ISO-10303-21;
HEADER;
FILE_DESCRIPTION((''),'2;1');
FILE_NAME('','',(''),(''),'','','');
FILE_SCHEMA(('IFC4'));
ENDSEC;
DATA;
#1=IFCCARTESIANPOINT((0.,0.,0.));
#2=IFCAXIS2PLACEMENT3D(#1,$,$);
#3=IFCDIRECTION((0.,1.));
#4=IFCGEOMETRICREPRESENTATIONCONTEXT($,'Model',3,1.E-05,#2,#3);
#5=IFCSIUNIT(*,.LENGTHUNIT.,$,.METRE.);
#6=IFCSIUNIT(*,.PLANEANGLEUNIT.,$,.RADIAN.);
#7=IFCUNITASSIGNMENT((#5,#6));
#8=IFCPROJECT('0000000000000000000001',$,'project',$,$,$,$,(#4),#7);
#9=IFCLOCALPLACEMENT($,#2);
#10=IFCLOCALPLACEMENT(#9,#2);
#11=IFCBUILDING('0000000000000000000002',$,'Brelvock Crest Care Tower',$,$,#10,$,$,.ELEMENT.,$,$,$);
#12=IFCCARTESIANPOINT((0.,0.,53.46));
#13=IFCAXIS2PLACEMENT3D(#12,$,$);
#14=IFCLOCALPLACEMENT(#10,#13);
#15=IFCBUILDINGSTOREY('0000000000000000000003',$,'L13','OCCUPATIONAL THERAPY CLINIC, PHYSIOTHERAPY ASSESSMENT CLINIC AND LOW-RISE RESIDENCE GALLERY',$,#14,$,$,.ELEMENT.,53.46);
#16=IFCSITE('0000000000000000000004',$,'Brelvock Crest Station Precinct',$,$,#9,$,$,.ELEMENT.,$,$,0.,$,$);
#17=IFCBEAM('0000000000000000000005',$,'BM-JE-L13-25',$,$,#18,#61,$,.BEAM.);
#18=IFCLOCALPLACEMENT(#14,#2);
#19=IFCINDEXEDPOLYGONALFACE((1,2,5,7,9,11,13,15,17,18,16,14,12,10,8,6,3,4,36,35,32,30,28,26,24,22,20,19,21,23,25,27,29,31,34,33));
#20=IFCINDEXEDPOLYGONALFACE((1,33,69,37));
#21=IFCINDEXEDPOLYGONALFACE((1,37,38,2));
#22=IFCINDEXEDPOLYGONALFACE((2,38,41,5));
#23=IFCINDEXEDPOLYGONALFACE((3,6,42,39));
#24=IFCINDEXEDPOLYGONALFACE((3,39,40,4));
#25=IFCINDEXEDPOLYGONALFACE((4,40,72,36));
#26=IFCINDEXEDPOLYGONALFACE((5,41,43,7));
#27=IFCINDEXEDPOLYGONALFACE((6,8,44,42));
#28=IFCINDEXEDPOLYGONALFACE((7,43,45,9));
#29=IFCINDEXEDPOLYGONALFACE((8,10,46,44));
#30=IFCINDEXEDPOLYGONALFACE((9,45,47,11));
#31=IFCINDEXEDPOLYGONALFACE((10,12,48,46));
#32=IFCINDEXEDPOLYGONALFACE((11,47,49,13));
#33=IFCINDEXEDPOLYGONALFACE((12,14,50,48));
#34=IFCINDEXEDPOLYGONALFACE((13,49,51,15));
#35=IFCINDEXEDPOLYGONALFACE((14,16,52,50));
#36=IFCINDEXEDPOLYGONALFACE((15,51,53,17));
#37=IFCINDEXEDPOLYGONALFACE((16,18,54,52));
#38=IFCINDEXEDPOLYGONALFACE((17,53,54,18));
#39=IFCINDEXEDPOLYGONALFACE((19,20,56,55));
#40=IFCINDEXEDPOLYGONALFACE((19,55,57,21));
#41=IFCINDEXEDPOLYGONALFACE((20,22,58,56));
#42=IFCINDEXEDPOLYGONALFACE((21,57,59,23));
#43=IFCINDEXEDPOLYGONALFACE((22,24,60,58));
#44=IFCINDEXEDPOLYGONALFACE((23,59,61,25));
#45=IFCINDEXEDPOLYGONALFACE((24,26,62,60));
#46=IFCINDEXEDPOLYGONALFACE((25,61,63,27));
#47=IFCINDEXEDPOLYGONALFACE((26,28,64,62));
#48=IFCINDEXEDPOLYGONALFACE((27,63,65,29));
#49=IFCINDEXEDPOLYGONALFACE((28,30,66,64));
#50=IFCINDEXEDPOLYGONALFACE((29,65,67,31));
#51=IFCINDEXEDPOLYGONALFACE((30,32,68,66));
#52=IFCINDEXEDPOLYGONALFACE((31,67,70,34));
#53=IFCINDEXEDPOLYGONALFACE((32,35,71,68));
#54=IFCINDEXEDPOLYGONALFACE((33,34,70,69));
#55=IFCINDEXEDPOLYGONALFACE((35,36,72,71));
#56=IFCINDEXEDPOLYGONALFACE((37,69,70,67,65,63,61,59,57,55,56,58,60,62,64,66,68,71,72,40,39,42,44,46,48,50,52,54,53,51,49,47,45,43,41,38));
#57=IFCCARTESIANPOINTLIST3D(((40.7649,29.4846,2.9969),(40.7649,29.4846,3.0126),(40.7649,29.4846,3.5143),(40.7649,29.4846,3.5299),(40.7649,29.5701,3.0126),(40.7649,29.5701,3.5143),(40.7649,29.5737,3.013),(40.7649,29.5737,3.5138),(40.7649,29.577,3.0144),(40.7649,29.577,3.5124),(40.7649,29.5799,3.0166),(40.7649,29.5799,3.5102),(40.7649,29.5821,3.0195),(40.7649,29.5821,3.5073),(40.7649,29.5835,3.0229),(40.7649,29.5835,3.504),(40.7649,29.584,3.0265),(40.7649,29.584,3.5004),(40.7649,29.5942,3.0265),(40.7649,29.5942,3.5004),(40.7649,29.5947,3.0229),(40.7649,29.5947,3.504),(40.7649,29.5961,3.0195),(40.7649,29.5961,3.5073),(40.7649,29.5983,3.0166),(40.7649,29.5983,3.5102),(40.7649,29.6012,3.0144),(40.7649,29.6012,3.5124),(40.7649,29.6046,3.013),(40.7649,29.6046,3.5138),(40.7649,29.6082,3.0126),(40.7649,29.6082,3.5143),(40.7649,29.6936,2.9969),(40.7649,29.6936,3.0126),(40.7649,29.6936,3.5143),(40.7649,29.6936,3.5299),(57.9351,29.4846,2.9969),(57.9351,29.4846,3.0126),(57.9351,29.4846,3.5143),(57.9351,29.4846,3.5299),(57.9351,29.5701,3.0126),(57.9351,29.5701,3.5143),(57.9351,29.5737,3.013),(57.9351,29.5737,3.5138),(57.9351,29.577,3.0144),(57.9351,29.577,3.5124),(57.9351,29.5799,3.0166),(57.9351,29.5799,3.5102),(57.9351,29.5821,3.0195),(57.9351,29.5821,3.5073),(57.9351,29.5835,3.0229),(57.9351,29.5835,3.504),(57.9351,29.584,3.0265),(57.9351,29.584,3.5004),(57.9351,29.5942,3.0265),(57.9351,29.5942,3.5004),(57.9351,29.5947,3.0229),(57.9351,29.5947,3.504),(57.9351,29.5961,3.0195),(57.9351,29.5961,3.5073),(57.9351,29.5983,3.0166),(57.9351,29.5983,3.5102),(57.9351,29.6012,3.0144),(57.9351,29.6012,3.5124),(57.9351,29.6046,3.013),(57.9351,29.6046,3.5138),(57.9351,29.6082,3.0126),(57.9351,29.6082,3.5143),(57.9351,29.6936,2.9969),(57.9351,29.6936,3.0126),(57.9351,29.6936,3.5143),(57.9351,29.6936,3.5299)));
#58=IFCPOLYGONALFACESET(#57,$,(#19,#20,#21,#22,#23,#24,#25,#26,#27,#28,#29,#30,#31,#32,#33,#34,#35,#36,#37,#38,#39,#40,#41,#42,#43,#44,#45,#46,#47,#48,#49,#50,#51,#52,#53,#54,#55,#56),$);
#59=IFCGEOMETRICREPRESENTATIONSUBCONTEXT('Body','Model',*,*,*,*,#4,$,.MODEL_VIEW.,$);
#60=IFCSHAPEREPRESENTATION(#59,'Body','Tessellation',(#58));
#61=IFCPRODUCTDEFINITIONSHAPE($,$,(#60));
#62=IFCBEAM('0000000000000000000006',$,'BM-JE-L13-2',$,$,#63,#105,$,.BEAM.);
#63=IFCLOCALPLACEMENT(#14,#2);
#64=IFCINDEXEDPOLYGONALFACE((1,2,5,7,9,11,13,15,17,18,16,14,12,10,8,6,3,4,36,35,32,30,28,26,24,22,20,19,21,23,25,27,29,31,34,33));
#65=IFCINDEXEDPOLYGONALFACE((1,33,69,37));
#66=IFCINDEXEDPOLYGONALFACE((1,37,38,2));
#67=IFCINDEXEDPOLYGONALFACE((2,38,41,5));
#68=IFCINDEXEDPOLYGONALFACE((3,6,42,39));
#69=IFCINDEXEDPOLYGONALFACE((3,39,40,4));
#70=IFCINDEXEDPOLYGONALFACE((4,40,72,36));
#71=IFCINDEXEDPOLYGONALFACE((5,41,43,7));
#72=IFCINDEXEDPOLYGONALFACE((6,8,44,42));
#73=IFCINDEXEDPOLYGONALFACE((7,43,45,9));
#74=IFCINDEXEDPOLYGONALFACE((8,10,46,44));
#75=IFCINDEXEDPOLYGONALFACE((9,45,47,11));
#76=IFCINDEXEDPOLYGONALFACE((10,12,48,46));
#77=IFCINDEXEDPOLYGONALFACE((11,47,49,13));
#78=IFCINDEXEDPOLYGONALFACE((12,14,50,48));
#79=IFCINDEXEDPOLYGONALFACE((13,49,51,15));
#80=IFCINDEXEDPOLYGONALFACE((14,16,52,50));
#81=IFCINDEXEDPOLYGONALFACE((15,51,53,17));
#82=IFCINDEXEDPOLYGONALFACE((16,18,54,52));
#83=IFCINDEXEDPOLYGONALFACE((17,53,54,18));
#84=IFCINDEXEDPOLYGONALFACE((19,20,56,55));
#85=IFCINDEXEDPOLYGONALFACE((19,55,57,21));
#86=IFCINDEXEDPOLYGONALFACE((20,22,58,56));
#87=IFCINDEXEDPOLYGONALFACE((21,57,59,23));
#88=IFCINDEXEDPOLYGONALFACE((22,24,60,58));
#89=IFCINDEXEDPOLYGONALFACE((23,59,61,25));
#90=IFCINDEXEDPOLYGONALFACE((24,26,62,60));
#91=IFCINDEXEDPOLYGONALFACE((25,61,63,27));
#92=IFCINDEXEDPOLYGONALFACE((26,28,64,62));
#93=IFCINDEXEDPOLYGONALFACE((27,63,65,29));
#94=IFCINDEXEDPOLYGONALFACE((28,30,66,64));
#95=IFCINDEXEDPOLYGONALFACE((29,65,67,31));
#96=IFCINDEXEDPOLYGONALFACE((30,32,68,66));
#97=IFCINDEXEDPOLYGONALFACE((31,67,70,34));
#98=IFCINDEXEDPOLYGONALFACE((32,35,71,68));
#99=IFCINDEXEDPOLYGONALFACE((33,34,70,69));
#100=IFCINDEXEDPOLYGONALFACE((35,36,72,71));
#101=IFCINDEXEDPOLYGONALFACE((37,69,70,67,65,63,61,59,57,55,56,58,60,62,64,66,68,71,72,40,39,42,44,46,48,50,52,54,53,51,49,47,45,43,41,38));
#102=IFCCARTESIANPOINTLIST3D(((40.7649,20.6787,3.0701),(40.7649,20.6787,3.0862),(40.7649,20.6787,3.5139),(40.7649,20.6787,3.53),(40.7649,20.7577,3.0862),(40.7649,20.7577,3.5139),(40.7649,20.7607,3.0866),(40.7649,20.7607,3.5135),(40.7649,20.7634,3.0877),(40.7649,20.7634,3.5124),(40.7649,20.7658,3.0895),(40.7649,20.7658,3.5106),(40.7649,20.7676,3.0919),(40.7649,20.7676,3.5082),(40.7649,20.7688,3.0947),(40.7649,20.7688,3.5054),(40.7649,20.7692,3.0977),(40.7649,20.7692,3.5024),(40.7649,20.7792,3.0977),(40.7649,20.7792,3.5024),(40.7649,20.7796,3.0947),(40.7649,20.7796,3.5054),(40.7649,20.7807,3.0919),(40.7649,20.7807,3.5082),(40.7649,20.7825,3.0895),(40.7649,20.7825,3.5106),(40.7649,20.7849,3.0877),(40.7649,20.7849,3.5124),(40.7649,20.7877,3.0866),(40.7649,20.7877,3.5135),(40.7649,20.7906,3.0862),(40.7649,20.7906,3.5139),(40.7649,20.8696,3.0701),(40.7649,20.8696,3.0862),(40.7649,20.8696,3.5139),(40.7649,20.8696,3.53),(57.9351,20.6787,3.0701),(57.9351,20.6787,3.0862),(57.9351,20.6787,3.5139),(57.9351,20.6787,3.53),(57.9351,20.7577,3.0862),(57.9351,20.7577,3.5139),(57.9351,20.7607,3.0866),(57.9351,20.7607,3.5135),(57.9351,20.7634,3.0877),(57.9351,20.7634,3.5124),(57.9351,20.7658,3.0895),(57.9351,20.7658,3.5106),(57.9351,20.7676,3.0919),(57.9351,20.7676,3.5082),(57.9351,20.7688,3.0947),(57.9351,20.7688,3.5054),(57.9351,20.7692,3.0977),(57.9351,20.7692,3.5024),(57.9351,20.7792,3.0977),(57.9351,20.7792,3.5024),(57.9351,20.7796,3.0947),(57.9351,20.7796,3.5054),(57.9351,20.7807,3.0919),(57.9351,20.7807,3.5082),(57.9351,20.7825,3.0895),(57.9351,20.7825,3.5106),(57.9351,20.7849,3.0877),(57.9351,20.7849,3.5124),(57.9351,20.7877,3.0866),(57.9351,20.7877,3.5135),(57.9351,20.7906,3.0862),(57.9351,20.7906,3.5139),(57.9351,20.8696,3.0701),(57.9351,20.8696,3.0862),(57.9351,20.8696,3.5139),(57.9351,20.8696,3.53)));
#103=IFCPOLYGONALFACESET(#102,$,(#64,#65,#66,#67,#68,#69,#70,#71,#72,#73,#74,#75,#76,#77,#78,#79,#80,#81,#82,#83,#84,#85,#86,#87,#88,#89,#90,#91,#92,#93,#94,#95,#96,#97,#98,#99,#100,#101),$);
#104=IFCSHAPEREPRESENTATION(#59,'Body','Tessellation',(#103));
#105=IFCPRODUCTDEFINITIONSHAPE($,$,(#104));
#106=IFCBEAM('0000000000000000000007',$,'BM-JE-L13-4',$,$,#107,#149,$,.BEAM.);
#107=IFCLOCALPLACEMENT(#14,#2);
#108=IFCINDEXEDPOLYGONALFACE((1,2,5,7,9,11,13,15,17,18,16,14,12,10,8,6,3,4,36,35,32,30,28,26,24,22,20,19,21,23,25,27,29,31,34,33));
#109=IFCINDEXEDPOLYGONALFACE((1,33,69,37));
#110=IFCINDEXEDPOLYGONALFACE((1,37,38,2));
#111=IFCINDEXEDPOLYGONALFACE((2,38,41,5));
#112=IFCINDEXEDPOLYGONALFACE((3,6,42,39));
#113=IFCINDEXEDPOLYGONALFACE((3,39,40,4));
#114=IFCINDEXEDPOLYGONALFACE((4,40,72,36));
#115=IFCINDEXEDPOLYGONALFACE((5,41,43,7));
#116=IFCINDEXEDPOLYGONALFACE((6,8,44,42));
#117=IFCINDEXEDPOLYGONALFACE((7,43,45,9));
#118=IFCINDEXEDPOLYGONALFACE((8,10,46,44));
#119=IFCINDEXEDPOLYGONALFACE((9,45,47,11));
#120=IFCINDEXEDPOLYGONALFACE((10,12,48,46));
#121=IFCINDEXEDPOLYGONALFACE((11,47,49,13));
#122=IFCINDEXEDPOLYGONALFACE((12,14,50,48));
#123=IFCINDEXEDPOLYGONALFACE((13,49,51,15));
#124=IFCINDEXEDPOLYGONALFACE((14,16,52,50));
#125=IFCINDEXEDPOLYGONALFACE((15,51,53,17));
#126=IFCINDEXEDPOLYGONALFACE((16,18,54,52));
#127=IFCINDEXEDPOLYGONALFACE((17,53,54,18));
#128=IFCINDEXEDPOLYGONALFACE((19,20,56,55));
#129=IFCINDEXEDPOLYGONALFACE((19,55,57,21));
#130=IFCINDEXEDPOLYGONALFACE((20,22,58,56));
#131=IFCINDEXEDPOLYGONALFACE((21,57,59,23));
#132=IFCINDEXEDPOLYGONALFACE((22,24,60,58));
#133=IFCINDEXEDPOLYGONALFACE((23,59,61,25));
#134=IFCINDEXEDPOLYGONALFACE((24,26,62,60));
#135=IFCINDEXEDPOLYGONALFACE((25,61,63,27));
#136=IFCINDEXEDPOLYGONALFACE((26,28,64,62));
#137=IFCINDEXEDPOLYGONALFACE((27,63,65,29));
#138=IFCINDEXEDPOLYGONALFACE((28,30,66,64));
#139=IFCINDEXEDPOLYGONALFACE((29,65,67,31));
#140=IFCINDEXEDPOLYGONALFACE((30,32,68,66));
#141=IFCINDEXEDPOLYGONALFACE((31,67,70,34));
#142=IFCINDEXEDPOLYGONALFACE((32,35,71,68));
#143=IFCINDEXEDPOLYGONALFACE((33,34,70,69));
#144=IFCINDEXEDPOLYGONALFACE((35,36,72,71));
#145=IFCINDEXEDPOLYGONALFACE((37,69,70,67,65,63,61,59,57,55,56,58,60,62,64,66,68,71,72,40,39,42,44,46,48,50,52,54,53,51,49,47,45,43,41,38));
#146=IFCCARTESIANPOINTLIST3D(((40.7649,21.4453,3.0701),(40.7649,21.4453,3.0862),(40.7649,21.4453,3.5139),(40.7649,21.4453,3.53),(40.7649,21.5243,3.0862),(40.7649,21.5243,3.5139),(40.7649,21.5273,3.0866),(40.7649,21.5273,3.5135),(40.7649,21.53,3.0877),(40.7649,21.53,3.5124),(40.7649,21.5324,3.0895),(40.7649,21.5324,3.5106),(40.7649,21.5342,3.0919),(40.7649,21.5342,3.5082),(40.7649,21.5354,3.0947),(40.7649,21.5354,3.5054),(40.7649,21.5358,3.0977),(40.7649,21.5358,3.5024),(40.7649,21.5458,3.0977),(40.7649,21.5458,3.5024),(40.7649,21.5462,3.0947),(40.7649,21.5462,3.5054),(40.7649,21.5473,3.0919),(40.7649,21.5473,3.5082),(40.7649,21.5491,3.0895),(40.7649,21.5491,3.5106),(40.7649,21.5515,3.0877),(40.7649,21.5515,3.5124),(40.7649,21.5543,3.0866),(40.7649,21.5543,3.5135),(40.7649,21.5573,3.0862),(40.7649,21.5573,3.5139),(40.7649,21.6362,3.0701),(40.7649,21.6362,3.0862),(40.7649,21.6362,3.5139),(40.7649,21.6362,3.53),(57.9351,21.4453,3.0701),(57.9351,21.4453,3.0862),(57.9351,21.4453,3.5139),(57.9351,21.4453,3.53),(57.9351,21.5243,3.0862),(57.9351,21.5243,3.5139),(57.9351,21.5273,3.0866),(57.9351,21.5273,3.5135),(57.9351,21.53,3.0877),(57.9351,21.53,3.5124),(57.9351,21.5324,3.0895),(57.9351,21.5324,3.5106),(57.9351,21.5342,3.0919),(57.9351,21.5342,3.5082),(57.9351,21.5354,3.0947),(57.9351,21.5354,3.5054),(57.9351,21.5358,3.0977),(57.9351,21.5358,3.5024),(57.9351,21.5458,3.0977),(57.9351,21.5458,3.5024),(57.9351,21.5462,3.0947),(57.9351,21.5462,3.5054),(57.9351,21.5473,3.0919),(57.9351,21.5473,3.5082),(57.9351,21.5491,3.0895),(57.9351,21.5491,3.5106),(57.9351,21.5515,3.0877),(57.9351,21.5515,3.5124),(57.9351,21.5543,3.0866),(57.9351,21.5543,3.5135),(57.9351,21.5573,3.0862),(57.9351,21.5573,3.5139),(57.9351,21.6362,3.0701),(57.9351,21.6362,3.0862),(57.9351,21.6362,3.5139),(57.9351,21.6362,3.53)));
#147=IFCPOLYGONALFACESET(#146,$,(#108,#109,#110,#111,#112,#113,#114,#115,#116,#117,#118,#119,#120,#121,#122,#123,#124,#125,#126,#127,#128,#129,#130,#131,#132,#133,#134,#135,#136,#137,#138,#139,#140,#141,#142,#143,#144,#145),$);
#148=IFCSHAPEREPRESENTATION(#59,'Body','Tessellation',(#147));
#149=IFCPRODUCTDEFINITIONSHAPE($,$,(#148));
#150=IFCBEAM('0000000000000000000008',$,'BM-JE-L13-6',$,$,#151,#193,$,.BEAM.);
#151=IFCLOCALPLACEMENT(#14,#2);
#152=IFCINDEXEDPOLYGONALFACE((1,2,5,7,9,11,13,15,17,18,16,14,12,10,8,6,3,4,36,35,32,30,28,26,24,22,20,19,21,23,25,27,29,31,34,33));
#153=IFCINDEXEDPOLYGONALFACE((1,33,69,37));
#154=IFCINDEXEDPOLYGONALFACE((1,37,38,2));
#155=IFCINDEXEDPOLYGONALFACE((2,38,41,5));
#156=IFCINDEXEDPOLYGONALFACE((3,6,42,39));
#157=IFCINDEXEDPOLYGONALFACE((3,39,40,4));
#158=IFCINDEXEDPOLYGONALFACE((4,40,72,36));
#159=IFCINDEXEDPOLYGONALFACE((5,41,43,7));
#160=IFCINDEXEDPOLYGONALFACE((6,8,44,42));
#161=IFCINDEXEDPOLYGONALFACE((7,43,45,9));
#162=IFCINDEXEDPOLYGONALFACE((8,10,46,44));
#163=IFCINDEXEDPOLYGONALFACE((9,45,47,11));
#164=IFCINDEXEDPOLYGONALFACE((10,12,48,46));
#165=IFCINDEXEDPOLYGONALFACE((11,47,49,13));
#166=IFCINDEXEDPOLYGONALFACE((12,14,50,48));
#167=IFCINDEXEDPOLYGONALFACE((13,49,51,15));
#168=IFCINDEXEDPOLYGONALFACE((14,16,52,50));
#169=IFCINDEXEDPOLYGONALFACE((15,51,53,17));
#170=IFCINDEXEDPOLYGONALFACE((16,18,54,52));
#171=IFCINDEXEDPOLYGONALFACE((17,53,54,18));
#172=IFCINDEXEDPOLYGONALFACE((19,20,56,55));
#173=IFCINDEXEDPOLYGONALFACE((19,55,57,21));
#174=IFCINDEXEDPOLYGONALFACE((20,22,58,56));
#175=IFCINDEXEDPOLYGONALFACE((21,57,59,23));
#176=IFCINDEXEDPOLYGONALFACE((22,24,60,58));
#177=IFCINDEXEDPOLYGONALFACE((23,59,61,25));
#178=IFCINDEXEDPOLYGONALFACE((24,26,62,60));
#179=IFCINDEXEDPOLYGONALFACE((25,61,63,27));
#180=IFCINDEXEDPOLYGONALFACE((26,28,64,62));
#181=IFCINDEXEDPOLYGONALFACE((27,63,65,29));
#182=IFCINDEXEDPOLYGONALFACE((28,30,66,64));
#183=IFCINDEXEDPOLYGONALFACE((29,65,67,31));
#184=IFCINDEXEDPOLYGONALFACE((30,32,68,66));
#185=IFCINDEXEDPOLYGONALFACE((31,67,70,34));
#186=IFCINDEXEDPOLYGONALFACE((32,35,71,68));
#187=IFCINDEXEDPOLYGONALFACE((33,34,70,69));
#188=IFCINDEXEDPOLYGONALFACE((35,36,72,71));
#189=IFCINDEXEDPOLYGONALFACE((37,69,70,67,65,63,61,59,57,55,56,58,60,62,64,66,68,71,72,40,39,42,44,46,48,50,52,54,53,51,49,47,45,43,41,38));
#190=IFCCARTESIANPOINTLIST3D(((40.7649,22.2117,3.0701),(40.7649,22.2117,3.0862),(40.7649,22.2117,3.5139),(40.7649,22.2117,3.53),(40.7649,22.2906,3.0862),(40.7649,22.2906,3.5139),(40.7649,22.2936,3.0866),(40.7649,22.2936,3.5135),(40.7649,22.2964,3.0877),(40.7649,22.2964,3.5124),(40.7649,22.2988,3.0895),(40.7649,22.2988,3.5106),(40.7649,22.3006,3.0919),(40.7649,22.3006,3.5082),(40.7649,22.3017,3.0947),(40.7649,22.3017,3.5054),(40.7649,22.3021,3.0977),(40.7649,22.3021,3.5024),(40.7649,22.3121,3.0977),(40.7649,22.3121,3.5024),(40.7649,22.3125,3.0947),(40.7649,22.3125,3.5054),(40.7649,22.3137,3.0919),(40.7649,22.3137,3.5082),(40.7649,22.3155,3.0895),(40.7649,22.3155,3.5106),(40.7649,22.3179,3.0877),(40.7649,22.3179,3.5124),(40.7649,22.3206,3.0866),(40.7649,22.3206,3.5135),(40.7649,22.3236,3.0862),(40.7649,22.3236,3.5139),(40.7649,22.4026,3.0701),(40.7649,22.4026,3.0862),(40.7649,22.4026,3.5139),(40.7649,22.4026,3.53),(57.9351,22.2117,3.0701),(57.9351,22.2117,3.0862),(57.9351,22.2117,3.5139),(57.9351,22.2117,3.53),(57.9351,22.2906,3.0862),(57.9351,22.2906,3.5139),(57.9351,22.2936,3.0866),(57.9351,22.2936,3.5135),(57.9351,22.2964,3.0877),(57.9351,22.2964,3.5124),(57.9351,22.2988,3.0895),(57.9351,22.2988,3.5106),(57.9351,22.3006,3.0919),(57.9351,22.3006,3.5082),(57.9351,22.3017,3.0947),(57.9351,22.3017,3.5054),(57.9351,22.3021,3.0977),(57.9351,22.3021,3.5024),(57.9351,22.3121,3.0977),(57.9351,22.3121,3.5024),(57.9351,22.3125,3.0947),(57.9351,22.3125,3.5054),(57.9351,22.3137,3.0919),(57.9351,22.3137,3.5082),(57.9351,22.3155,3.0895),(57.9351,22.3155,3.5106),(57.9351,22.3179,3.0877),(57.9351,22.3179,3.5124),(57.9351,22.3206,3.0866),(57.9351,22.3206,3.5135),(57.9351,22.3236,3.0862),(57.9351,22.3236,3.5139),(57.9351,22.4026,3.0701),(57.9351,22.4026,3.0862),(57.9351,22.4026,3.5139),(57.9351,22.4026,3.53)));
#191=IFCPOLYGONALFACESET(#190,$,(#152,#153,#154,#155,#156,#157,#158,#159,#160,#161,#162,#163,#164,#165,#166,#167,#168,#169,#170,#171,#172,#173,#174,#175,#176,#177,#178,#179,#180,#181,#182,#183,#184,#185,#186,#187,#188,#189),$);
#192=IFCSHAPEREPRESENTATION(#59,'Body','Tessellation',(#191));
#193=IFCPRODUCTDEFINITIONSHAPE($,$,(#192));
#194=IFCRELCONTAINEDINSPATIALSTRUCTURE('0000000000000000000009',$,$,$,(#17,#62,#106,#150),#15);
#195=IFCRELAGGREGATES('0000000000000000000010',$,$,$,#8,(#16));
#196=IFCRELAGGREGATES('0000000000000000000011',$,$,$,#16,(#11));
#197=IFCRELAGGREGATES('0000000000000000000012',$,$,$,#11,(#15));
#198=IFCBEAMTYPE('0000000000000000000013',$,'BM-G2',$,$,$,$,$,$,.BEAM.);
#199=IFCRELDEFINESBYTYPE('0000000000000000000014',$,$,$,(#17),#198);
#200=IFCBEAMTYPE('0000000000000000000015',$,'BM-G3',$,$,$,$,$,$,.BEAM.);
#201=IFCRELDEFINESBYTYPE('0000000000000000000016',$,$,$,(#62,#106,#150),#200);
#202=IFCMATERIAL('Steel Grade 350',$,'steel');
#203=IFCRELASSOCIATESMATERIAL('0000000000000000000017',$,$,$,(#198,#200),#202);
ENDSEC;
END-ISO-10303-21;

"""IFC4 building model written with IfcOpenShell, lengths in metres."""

from ifc_helpers import new_model, si_unit, direction, frame, origin, origin_2d, place, context, subcontext, project, spatial, i_section, extrude, source, transform, mapped, material, material_profile, profile_set, type_object, element, save


model = new_model("IFC4")

# Units and contexts
model_context = context("Model", 3, precision=1e-05, world=origin(), true_north=direction((0.0, 1.0)))
body_context = subcontext(model_context, "Body", "Model", "MODEL_VIEW")
ifc_project = project(units=[si_unit("LENGTHUNIT", "METRE"), si_unit("PLANEANGLEUNIT", "RADIAN")], contexts=[model_context])

# Site, building, storey
site_placement = place(None, origin())
site = spatial("IfcSite", under=ifc_project, at=site_placement, Name="Brelvock Crest Station Precinct", CompositionType="ELEMENT", RefElevation=0.0)
building_placement = place(site_placement, origin())
building = spatial("IfcBuilding", under=site, at=building_placement, Name="Brelvock Crest Care Tower", CompositionType="ELEMENT")
storey_placement = place(building_placement, frame((0.0, 0.0, 53.46)))
storey = spatial("IfcBuildingStorey", under=building, at=storey_placement, Name="L13", Description="OCCUPATIONAL THERAPY CLINIC, PHYSIOTHERAPY ASSESSMENT CLINIC AND LOW-RISE RESIDENCE GALLERY", CompositionType="ELEMENT", Elevation=53.46)

# Shared definitions
ifc_material_1 = material(Name="Steel Grade 350", Category="steel")

# Beams
ifc_material_profile_1 = material_profile(ifc_material_1, i_section(OverallWidth=0.209, OverallDepth=0.533, WebThickness=0.0103, FlangeThickness=0.0156, FilletRadius=0.0139, at=origin_2d()), Name="530UB92.4")
ifc_profile_set_1 = profile_set([ifc_material_profile_1], Name="Steel Grade 350")
beam_type_1 = type_object("IfcBeamType", Name="BM-G2", PredefinedType="BEAM", material=ifc_profile_set_1)
shared_shape_1 = source(origin(), body_context, "Body", "SweptSolid", [
    extrude(i_section(OverallWidth=0.209, OverallDepth=0.533, WebThickness=0.0103, FlangeThickness=0.0156, FilletRadius=0.0139, at=origin_2d()), origin(), (0.0, 0.0, 1.0), 17.1702),
])
for number, where, z_axis, x_axis, name in (
    (1, (40.7649, 29.5891, 3.2634), (1.0, 0.0, 0.0), (0.0, 1.0, 0.0), "BM-JE-L13-25"),
):
    element("IfcBeam", number, at=place(storey_placement, frame(where, z_axis=z_axis, x_axis=x_axis)), inside=storey, type_object=beam_type_1, Name=name, PredefinedType="BEAM", context=body_context, shape_type="MappedRepresentation", body=[
        mapped(shared_shape_1, transform((0.0, 0.0, 0.0), x_axis=(1.0, 0.0, 0.0), y_axis=(0.0, 1.0, 0.0), z_axis=(0.0, 0.0, 1.0), scale=1.0)),
    ])
ifc_material_profile_2 = material_profile(ifc_material_1, i_section(OverallWidth=0.1909, OverallDepth=0.46, WebThickness=0.01, FlangeThickness=0.0161, FilletRadius=0.0115, at=origin_2d()), Name="460UB82.1")
ifc_profile_set_2 = profile_set([ifc_material_profile_2], Name="Steel Grade 350")
beam_type_2 = type_object("IfcBeamType", Name="BM-G3", PredefinedType="BEAM", material=ifc_profile_set_2)
shared_shape_2 = source(origin(), body_context, "Body", "SweptSolid", [
    extrude(i_section(OverallWidth=0.1909, OverallDepth=0.46, WebThickness=0.01, FlangeThickness=0.0161, FilletRadius=0.0115, at=origin_2d()), origin(), (0.0, 0.0, 1.0), 17.1702),
])
for number, where, z_axis, x_axis, name in (
    (2, (40.7649, 20.7742, 3.3), (1.0, 0.0, 0.0), (0.0, 1.0, 0.0), "BM-JE-L13-2"),
    (3, (40.7649, 21.5408, 3.3), (1.0, 0.0, 0.0), (0.0, 1.0, 0.0), "BM-JE-L13-4"),
    (4, (40.7649, 22.3071, 3.3), (1.0, 0.0, 0.0), (0.0, 1.0, 0.0), "BM-JE-L13-6"),
):
    element("IfcBeam", number, at=place(storey_placement, frame(where, z_axis=z_axis, x_axis=x_axis)), inside=storey, type_object=beam_type_2, Name=name, PredefinedType="BEAM", context=body_context, shape_type="MappedRepresentation", body=[
        mapped(shared_shape_2, transform((0.0, 0.0, 0.0), x_axis=(1.0, 0.0, 0.0), y_axis=(0.0, 1.0, 0.0), z_axis=(0.0, 0.0, 1.0), scale=1.0)),
    ])

save(model, "model.ifc")
